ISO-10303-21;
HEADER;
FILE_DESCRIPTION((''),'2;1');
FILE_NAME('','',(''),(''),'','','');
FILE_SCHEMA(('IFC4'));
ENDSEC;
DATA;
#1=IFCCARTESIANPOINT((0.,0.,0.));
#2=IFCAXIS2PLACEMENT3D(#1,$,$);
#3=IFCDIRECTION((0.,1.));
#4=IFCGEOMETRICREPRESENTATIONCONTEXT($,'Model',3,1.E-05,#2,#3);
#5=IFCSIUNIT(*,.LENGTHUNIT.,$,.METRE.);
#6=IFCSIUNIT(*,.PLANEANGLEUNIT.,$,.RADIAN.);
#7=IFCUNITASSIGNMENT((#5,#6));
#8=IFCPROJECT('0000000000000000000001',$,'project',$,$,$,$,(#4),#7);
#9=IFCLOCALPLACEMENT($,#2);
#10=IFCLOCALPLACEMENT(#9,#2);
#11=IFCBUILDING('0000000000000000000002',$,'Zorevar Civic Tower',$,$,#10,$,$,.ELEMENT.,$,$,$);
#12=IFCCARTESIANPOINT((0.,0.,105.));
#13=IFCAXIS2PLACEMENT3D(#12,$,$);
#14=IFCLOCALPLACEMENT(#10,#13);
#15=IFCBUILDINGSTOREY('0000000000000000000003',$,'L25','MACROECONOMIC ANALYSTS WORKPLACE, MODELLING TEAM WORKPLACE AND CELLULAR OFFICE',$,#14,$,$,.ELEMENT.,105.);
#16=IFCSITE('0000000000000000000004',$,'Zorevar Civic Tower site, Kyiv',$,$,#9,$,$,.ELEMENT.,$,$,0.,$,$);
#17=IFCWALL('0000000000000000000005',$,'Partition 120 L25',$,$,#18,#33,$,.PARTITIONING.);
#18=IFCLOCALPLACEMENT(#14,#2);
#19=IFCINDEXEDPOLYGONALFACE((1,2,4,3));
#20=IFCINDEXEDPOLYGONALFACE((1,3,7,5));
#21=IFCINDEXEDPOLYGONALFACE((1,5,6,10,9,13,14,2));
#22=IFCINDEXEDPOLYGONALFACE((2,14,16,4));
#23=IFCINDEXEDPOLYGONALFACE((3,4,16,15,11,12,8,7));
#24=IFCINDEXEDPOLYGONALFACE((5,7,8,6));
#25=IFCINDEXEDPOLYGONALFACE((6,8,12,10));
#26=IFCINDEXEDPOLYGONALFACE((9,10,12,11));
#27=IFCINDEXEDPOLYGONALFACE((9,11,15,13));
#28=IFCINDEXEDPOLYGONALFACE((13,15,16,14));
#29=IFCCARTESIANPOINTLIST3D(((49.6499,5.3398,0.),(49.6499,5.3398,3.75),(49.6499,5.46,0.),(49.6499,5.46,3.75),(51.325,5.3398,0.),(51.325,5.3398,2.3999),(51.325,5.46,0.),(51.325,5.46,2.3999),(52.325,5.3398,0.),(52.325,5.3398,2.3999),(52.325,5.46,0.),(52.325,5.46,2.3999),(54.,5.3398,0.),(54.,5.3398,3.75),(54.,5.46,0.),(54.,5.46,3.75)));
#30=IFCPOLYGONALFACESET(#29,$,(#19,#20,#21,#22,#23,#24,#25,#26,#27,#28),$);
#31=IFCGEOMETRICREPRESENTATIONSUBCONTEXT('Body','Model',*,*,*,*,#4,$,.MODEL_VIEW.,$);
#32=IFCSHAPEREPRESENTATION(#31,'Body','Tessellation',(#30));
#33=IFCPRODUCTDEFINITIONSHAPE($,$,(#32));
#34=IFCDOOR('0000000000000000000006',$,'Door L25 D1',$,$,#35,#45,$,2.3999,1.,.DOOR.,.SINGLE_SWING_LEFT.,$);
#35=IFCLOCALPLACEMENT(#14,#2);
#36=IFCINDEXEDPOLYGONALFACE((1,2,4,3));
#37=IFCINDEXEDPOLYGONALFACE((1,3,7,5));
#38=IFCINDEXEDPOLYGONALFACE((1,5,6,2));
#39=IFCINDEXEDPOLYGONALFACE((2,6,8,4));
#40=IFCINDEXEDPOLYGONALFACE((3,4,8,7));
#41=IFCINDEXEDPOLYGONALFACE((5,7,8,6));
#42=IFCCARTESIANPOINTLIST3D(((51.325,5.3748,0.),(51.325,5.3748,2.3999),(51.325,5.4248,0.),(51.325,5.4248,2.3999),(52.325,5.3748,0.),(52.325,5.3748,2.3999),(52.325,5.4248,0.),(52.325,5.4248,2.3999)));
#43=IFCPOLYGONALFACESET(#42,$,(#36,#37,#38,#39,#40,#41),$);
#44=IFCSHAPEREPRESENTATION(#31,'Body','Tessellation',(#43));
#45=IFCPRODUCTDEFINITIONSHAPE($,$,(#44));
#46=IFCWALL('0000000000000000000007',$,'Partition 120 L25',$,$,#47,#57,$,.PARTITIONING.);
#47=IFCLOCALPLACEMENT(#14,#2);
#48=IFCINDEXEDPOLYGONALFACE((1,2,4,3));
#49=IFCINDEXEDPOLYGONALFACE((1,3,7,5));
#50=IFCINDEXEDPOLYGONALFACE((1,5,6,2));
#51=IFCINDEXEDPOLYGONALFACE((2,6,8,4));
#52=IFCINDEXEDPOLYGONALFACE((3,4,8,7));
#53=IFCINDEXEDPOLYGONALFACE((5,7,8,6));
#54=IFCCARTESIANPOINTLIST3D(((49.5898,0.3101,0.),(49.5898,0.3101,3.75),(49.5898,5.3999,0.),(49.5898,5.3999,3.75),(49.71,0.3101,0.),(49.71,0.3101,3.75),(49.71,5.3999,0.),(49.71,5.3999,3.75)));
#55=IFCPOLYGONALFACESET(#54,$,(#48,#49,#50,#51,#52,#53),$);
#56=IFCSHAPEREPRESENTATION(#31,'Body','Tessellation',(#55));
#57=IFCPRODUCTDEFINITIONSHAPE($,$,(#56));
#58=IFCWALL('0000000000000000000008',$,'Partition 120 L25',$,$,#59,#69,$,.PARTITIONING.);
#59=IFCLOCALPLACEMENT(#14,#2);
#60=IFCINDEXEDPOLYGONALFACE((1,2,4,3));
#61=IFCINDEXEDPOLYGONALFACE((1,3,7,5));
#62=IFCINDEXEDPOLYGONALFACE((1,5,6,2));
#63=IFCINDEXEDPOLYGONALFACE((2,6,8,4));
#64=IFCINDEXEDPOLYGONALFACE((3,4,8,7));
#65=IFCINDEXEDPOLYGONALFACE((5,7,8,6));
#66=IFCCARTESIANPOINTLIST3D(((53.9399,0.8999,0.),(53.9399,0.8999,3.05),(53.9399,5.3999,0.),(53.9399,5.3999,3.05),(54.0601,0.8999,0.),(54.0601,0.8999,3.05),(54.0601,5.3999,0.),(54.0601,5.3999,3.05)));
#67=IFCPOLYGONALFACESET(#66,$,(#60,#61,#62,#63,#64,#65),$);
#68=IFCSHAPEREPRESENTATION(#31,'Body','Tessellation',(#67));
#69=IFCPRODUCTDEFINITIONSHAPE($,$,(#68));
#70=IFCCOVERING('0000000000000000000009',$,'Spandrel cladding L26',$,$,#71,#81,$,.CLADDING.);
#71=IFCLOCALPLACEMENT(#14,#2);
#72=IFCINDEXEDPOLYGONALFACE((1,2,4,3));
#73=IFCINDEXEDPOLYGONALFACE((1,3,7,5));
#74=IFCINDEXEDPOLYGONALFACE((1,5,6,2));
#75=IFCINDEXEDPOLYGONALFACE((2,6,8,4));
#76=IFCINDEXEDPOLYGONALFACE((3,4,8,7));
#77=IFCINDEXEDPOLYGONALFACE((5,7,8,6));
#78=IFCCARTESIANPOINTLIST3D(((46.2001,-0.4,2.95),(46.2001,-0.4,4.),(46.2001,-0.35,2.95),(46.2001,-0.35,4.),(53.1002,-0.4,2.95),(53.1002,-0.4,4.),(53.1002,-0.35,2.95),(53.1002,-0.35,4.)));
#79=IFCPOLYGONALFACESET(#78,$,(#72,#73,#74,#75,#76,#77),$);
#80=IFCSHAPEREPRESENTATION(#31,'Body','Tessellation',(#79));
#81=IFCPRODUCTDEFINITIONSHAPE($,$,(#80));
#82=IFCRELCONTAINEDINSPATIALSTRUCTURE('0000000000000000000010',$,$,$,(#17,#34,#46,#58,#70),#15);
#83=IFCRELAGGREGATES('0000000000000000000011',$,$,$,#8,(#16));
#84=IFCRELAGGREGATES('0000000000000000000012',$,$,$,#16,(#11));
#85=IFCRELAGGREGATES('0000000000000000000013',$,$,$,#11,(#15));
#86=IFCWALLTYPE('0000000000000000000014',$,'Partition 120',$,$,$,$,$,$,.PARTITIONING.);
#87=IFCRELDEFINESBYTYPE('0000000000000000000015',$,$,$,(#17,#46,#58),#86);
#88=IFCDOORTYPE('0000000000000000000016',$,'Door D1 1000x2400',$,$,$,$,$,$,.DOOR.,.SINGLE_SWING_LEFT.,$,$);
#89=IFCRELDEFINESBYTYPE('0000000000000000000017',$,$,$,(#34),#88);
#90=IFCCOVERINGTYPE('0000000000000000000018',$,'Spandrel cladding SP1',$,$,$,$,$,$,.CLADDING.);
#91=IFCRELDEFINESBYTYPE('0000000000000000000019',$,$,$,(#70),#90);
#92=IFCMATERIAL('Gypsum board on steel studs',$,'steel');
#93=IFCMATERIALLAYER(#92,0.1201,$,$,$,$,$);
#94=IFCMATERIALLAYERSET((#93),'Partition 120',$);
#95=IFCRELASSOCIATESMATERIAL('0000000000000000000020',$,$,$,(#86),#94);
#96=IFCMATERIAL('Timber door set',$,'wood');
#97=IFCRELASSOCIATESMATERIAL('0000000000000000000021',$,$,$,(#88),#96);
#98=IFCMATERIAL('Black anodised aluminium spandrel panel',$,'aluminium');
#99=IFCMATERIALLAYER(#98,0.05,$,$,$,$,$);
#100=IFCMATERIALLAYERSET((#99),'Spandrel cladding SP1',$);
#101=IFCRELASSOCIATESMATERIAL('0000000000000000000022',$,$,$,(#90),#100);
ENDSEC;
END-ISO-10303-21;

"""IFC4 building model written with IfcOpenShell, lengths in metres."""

from ifc_helpers import new_model, si_unit, direction, frame, frame_2d, origin, place, context, subcontext, project, spatial, rectangle, extrude, material, layer, layer_set, type_object, element, fill, save


model = new_model("IFC4")

# Units and contexts
model_context = context("Model", 3, precision=1e-05, world=origin(), true_north=direction((0.0, 1.0)))
body_context = subcontext(model_context, "Body", "Model", "MODEL_VIEW")
ifc_project = project(units=[si_unit("LENGTHUNIT", "METRE"), si_unit("PLANEANGLEUNIT", "RADIAN")], contexts=[model_context])

# Site, building, storey
site_placement = place(None, origin())
site = spatial("IfcSite", under=ifc_project, at=site_placement, Name="Zorevar Civic Tower site, Kyiv", CompositionType="ELEMENT", RefElevation=0.0)
building_placement = place(site_placement, origin())
building = spatial("IfcBuilding", under=site, at=building_placement, Name="Zorevar Civic Tower", CompositionType="ELEMENT")
storey_placement = place(building_placement, frame((0.0, 0.0, 105.0)))
storey = spatial("IfcBuildingStorey", under=building, at=storey_placement, Name="L25", Description="MACROECONOMIC ANALYSTS WORKPLACE, MODELLING TEAM WORKPLACE AND CELLULAR OFFICE", CompositionType="ELEMENT", Elevation=105.0)

# Wall, opening, door
ifc_material_1 = material(Name="Gypsum board on steel studs", Category="steel")
ifc_layer_1 = layer(ifc_material_1, 0.1201)
ifc_layer_set_1 = layer_set([ifc_layer_1], Name="Partition 120")
wall_type = type_object("IfcWallType", Name="Partition 120", PredefinedType="PARTITIONING", material=ifc_layer_set_1)
wall_1_placement = place(storey_placement, frame((49.6499, 5.3999, 0.0), z_axis=(0.0, 0.0, 1.0), x_axis=(1.0, 0.0, 0.0)))
wall_1 = element("IfcWall", 1, at=wall_1_placement, inside=storey, type_object=wall_type, Name="Partition 120 L25", PredefinedType="PARTITIONING", context=body_context, shape_type="SweptSolid", body=[
    extrude(rectangle(XDim=4.3501, YDim=0.1201, at=frame_2d((2.175, 0.0))), origin(), (0.0, 0.0, 1.0), 3.75),
])
opening_placement = place(wall_1_placement, frame((1.675, 0.0, 0.0)))
opening = element("IfcOpeningElement", 2, at=opening_placement, cuts=wall_1, PredefinedType="OPENING", context=body_context, shape_type="SweptSolid", body=[
    extrude(rectangle(XDim=1.0, YDim=2.3999, at=frame_2d((0.5, 1.2))), frame((0.0, 0.0701, 0.0), z_axis=(0.0, -1.0, 0.0), x_axis=(1.0, 0.0, 0.0)), (0.0, 0.0, 1.0), 0.1401),
])
ifc_material_2 = material(Name="Timber door set", Category="wood")
door_type = type_object("IfcDoorType", Name="Door D1 1000x2400", OperationType="SINGLE_SWING_LEFT", PredefinedType="DOOR", material=ifc_material_2)
door_placement = place(opening_placement, origin())
door = element("IfcDoor", 3, at=door_placement, inside=storey, type_object=door_type, Name="Door L25 D1", OperationType="SINGLE_SWING_LEFT", OverallHeight=2.3999, OverallWidth=1.0, PredefinedType="DOOR", context=body_context, shape_type="SweptSolid", body=[
    extrude(rectangle(XDim=1.0, YDim=2.3999, at=frame_2d((0.5, 1.2))), frame((0.0, 0.0249, 0.0), z_axis=(0.0, -1.0, 0.0), x_axis=(1.0, 0.0, 0.0)), (0.0, 0.0, 1.0), 0.05),
])
fill(opening, door)

# Walls
wall_2_placement = place(storey_placement, frame((49.6499, 0.3101, 0.0), z_axis=(0.0, 0.0, 1.0), x_axis=(0.0, 1.0, 0.0)))
element("IfcWall", 4, at=wall_2_placement, inside=storey, type_object=wall_type, Name="Partition 120 L25", PredefinedType="PARTITIONING", context=body_context, shape_type="SweptSolid", body=[
    extrude(rectangle(XDim=5.0898, YDim=0.1201, at=frame_2d((2.5449, 0.0))), origin(), (0.0, 0.0, 1.0), 3.75),
])
wall_3_placement = place(storey_placement, frame((54.0, 0.8999, 0.0), z_axis=(0.0, 0.0, 1.0), x_axis=(0.0, 1.0, 0.0)))
element("IfcWall", 5, at=wall_3_placement, inside=storey, type_object=wall_type, Name="Partition 120 L25", PredefinedType="PARTITIONING", context=body_context, shape_type="SweptSolid", body=[
    extrude(rectangle(XDim=4.5, YDim=0.1201, at=frame_2d((2.25, 0.0))), origin(), (0.0, 0.0, 1.0), 3.05),
])

# Covering
ifc_material_3 = material(Name="Black anodised aluminium spandrel panel", Category="aluminium")
ifc_layer_2 = layer(ifc_material_3, 0.05)
ifc_layer_set_2 = layer_set([ifc_layer_2], Name="Spandrel cladding SP1")
covering_type = type_object("IfcCoveringType", Name="Spandrel cladding SP1", PredefinedType="CLADDING", material=ifc_layer_set_2)
covering_placement = place(storey_placement, frame((46.2, -0.375, 2.95), z_axis=(0.0, 0.0, 1.0), x_axis=(1.0, 0.0, 0.0)))
element("IfcCovering", 6, at=covering_placement, inside=storey, type_object=covering_type, Name="Spandrel cladding L26", PredefinedType="CLADDING", context=body_context, shape_type="SweptSolid", body=[
    extrude(rectangle(XDim=6.9001, YDim=0.05, at=frame_2d((3.4502, 0.0))), origin(), (0.0, 0.0, 1.0), 1.05),
])

save(model, "model.ifc")
